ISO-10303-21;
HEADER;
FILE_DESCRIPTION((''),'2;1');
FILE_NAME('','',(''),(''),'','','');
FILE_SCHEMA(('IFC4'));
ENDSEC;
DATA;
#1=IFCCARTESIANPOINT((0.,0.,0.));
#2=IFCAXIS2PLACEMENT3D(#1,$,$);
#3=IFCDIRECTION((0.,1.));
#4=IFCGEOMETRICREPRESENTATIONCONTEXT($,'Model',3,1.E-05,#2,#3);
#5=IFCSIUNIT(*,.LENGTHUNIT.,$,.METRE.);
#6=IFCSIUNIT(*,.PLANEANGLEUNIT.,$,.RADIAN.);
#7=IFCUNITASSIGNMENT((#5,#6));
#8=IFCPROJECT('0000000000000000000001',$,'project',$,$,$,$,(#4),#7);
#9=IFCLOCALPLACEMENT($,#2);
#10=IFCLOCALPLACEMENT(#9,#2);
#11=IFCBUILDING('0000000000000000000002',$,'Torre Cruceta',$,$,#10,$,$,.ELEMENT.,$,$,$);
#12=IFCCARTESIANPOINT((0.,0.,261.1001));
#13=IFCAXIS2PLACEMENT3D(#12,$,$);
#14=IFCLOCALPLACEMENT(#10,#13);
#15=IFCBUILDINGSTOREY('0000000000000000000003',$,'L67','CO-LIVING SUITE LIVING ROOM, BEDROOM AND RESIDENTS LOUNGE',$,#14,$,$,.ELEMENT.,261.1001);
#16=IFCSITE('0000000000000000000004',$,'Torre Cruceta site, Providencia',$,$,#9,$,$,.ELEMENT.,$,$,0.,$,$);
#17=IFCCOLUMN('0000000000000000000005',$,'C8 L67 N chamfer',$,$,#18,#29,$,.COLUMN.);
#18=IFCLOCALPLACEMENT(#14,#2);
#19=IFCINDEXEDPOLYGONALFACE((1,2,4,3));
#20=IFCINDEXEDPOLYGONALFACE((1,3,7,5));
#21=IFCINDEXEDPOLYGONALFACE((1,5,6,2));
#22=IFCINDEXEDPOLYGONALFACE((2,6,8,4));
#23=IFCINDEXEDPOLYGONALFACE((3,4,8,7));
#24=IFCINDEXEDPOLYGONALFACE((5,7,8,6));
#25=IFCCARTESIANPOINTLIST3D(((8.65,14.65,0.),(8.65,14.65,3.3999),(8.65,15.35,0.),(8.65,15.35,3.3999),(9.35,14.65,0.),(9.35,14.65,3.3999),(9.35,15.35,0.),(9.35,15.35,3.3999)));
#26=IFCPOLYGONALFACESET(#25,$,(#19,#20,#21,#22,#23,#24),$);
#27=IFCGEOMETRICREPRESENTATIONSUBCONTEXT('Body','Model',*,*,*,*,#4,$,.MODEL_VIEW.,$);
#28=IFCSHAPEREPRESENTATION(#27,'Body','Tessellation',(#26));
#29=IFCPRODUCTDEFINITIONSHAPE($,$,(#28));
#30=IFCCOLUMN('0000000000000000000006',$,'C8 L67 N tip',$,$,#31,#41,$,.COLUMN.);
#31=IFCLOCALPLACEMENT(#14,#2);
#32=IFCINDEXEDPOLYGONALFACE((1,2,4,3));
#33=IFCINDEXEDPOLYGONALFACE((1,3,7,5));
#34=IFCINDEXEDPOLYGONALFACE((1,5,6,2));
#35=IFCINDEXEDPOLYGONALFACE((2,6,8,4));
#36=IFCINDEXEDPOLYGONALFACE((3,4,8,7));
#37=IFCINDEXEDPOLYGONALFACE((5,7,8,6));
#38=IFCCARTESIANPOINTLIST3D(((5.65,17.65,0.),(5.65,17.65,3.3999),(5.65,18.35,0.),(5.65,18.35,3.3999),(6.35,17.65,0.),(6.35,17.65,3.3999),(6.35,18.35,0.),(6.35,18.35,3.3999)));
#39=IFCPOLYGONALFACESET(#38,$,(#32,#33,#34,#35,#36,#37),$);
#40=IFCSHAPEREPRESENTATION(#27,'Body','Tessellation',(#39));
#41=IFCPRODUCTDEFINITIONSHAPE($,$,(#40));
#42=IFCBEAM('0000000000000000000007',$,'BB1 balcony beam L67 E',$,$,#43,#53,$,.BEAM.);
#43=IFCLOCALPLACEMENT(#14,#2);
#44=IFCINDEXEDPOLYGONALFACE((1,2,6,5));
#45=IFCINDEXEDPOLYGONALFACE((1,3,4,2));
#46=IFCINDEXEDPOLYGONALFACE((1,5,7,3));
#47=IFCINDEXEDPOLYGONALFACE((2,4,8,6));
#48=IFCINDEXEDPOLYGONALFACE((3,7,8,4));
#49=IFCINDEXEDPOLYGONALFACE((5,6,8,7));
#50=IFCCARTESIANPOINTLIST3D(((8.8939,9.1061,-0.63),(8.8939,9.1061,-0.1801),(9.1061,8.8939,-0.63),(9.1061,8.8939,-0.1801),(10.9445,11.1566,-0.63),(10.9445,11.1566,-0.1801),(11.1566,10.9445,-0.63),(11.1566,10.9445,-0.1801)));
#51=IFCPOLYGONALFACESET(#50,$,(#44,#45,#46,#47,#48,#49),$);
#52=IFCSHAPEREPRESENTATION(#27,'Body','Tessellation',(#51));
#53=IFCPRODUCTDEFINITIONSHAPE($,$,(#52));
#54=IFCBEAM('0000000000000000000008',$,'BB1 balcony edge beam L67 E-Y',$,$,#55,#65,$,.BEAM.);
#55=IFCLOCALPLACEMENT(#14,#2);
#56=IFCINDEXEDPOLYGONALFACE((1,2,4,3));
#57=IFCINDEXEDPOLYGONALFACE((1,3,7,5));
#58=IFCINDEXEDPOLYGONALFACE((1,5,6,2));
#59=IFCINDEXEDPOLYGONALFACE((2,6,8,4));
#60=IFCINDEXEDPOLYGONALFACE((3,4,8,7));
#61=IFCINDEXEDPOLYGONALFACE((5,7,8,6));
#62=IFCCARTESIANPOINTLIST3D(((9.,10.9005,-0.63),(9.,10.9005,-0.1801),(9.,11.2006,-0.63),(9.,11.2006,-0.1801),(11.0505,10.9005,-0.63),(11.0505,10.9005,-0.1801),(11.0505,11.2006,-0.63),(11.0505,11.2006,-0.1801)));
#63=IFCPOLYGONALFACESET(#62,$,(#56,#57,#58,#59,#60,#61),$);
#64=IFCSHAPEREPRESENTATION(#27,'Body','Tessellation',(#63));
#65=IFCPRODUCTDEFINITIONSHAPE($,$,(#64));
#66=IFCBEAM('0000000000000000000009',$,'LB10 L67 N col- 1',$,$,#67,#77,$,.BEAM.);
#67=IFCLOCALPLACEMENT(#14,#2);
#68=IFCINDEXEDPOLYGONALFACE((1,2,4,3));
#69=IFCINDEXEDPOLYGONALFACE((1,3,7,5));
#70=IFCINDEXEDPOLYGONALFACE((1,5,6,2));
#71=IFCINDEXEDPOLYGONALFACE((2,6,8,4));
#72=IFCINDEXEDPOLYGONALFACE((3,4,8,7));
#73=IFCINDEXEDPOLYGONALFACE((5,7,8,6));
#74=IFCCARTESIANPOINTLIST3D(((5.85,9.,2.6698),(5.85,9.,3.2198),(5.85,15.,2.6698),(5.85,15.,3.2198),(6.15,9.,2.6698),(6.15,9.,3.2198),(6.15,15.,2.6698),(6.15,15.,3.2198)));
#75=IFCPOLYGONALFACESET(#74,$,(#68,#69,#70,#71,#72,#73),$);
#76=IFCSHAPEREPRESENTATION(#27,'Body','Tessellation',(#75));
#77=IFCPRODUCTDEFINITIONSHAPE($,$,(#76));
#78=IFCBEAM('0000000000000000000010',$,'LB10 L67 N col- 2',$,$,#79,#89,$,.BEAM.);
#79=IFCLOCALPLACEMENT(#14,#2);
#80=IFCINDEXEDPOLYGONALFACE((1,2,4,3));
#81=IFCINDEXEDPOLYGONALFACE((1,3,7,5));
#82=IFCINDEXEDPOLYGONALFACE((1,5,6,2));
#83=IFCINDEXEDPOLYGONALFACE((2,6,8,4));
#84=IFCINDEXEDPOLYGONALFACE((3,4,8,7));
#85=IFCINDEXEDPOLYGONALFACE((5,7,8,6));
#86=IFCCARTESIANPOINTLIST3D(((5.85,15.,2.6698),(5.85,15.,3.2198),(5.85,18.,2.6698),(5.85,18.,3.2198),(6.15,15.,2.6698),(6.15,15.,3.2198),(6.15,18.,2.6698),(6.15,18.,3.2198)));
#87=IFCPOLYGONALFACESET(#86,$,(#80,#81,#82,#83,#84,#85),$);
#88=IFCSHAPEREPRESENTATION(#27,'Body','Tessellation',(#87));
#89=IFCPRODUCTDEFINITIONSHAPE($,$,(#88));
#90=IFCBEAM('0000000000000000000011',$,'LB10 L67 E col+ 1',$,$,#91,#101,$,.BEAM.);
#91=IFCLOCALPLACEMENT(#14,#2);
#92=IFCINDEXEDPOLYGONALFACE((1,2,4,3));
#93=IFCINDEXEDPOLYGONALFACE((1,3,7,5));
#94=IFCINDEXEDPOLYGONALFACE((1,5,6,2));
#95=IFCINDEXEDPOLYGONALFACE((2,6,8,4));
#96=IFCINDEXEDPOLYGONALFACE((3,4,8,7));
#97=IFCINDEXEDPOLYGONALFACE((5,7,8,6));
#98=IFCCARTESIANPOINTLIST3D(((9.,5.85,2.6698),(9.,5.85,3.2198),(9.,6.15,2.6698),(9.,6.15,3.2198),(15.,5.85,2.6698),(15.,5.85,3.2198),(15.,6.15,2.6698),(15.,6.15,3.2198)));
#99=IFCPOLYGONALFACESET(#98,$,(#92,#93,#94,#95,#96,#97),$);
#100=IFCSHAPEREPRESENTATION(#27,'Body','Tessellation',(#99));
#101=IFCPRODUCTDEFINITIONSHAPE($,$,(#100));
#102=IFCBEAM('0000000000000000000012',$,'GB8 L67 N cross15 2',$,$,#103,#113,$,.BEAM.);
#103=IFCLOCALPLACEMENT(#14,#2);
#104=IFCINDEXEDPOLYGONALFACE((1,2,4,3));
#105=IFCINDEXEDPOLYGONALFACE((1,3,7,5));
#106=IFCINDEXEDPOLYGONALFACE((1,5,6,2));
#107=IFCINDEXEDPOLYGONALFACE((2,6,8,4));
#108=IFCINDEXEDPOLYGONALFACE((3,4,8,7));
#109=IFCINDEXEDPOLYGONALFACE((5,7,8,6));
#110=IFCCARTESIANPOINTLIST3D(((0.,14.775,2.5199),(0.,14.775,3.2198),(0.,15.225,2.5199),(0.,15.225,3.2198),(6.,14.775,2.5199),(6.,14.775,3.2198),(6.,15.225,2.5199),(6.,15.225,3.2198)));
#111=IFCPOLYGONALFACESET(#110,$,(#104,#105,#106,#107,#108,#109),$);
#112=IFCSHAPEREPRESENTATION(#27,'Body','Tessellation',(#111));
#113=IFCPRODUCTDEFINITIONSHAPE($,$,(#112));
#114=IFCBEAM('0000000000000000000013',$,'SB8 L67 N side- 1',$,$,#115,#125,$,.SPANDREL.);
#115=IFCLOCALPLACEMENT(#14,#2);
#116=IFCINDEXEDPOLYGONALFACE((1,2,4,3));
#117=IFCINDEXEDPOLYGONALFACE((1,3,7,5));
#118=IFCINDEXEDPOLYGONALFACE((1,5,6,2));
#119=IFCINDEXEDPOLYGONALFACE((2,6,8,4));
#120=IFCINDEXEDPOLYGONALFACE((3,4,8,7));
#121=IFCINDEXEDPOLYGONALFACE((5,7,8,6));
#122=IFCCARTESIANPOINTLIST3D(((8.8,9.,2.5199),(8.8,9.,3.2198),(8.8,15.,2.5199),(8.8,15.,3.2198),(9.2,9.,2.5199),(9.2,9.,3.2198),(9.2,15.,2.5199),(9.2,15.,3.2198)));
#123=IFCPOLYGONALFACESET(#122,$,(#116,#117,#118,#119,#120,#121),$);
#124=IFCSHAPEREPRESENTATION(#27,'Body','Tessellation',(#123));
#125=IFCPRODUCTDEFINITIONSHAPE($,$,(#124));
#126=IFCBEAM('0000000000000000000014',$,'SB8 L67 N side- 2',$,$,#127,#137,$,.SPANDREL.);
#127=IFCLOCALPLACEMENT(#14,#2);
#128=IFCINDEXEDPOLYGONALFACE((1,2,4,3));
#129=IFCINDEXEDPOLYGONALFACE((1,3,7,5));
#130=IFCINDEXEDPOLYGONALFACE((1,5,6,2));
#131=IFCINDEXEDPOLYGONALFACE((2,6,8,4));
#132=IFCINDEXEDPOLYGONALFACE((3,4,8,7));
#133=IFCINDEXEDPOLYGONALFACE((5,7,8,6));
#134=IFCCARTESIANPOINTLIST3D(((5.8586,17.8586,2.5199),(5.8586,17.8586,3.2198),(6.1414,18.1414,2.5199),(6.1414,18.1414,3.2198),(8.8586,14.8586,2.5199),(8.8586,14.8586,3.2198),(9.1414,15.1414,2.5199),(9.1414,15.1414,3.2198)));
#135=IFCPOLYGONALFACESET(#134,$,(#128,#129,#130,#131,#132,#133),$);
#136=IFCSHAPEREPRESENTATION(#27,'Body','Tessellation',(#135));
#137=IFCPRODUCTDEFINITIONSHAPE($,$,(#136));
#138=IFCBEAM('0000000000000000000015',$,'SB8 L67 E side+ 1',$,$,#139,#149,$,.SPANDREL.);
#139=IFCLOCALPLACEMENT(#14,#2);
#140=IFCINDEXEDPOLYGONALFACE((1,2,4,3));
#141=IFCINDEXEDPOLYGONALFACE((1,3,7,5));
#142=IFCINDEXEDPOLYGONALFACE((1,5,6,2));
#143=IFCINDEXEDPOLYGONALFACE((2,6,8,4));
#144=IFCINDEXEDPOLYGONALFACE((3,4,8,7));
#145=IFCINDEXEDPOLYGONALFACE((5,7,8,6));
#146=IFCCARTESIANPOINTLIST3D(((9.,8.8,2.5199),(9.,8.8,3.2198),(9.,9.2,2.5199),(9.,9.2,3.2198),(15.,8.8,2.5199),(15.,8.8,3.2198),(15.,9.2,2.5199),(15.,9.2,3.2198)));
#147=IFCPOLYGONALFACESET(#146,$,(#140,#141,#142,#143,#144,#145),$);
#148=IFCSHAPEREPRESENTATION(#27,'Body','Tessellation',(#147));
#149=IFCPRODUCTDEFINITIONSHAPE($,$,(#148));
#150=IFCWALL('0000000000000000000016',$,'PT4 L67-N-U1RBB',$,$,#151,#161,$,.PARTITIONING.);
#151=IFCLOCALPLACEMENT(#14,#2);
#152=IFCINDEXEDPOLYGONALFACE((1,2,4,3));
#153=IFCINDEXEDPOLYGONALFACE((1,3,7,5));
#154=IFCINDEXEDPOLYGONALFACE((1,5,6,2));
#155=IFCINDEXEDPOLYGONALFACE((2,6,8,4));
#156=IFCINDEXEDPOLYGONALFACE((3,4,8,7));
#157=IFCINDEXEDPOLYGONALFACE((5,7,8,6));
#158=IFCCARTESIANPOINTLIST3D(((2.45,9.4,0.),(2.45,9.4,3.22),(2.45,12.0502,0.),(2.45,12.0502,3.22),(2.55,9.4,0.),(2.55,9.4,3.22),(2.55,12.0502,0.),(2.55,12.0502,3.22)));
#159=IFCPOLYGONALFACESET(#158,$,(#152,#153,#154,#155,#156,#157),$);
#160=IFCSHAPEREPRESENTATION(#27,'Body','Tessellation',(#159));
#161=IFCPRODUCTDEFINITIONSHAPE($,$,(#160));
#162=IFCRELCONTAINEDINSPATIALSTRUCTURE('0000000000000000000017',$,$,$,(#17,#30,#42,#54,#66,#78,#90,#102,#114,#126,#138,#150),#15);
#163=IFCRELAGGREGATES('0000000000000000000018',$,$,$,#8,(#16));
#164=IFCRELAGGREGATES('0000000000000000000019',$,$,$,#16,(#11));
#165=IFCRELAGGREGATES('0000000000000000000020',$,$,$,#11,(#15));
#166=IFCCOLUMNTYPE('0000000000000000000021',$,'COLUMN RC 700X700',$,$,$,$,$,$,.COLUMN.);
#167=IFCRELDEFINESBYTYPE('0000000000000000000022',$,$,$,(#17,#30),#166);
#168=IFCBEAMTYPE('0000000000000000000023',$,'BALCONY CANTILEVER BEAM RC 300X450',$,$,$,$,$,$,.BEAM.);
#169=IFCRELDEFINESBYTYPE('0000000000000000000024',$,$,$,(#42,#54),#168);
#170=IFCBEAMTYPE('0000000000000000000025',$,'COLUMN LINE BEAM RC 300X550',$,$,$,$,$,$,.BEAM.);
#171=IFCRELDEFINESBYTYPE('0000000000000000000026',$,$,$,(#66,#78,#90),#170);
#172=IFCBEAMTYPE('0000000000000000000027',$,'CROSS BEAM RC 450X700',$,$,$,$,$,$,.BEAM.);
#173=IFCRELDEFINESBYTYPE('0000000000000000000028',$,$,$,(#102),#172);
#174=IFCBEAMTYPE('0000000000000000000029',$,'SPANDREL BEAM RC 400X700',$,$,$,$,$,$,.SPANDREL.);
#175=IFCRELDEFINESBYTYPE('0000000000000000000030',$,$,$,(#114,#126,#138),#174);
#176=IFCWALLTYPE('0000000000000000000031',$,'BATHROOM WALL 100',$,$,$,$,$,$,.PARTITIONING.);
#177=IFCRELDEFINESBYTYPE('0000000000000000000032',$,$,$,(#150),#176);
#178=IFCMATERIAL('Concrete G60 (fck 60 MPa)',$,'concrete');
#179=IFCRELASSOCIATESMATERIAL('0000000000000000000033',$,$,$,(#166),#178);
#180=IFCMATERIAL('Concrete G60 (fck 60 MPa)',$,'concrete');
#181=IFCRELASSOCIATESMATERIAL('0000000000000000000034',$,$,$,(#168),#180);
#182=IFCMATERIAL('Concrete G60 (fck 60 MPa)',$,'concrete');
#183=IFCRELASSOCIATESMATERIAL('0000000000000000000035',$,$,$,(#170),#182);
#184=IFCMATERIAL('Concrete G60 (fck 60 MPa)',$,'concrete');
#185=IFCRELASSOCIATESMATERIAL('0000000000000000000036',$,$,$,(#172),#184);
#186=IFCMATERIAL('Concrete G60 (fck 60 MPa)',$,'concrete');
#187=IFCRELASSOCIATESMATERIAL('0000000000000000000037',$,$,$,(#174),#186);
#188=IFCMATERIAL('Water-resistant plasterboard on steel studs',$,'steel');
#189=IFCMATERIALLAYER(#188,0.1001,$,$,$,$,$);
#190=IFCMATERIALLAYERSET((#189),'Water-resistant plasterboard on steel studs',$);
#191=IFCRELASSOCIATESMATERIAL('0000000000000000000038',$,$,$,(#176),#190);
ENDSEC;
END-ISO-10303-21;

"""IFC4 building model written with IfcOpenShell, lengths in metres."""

from ifc_helpers import new_model, si_unit, direction, frame, frame_2d, origin, origin_2d, place, context, subcontext, project, spatial, rectangle, extrude, material, layer, layer_set, material_profile, profile_set, type_object, element, save


model = new_model("IFC4")

# Units and contexts
model_context = context("Model", 3, precision=1e-05, world=origin(), true_north=direction((0.0, 1.0)))
body_context = subcontext(model_context, "Body", "Model", "MODEL_VIEW")
ifc_project = project(units=[si_unit("LENGTHUNIT", "METRE"), si_unit("PLANEANGLEUNIT", "RADIAN")], contexts=[model_context])

# Site, building, storey
site_placement = place(None, origin())
site = spatial("IfcSite", under=ifc_project, at=site_placement, Name="Torre Cruceta site, Providencia", CompositionType="ELEMENT", RefElevation=0.0)
building_placement = place(site_placement, origin())
building = spatial("IfcBuilding", under=site, at=building_placement, Name="Torre Cruceta", CompositionType="ELEMENT")
storey_placement = place(building_placement, frame((0.0, 0.0, 261.1001)))
storey = spatial("IfcBuildingStorey", under=building, at=storey_placement, Name="L67", Description="CO-LIVING SUITE LIVING ROOM, BEDROOM AND RESIDENTS LOUNGE", CompositionType="ELEMENT", Elevation=261.1001)

# Columns
ifc_material_1 = material(Name="Concrete G60 (fck 60 MPa)", Category="concrete")
ifc_material_profile_1 = material_profile(ifc_material_1, rectangle(XDim=0.7, YDim=0.7, at=origin_2d()), Name="RC 700X700")
ifc_profile_set_1 = profile_set([ifc_material_profile_1], Name="Concrete G60 (fck 60 MPa)")
column_type = type_object("IfcColumnType", Name="COLUMN RC 700X700", PredefinedType="COLUMN", material=ifc_profile_set_1)
for number, where, z_axis, x_axis, name in (
    (1, (9.0, 15.0, 0.0), (0.0, 0.0, 1.0), (1.0, 0.0, 0.0), "C8 L67 N chamfer"),
    (2, (6.0, 18.0, 0.0), (0.0, 0.0, 1.0), (1.0, 0.0, 0.0), "C8 L67 N tip"),
):
    element("IfcColumn", number, at=place(storey_placement, frame(where, z_axis=z_axis, x_axis=x_axis)), inside=storey, type_object=column_type, Name=name, PredefinedType="COLUMN", context=body_context, shape_type="SweptSolid", body=[
        extrude(rectangle(XDim=0.7, YDim=0.7, at=origin_2d()), origin(), (0.0, 0.0, 1.0), 3.3999),
    ])

# Beams
ifc_material_2 = material(Name="Concrete G60 (fck 60 MPa)", Category="concrete")
ifc_material_profile_2 = material_profile(ifc_material_2, rectangle(XDim=0.3, YDim=0.45, at=origin_2d()), Name="RC 300X450")
ifc_profile_set_2 = profile_set([ifc_material_profile_2], Name="Concrete G60 (fck 60 MPa)")
beam_type_1 = type_object("IfcBeamType", Name="BALCONY CANTILEVER BEAM RC 300X450", PredefinedType="BEAM", material=ifc_profile_set_2)
beam_1_placement = place(storey_placement, frame((9.0, 9.0, -0.405), z_axis=(0.707107, 0.707107, 0.0), x_axis=(-0.707107, 0.707107, 0.0)))
element("IfcBeam", 3, at=beam_1_placement, inside=storey, type_object=beam_type_1, Name="BB1 balcony beam L67 E", PredefinedType="BEAM", context=body_context, shape_type="SweptSolid", body=[
    extrude(rectangle(XDim=0.3, YDim=0.45, at=origin_2d()), origin(), (0.0, 0.0, 1.0), 2.8999),
])
beam_2_placement = place(storey_placement, frame((9.0, 11.0505, -0.405), z_axis=(1.0, 0.0, 0.0), x_axis=(0.0, 1.0, 0.0)))
element("IfcBeam", 4, at=beam_2_placement, inside=storey, type_object=beam_type_1, Name="BB1 balcony edge beam L67 E-Y", PredefinedType="BEAM", context=body_context, shape_type="SweptSolid", body=[
    extrude(rectangle(XDim=0.3, YDim=0.45, at=origin_2d()), origin(), (0.0, 0.0, 1.0), 2.0505),
])
ifc_material_3 = material(Name="Concrete G60 (fck 60 MPa)", Category="concrete")
ifc_material_profile_3 = material_profile(ifc_material_3, rectangle(XDim=0.3, YDim=0.55, at=origin_2d()), Name="RC 300X550")
ifc_profile_set_3 = profile_set([ifc_material_profile_3], Name="Concrete G60 (fck 60 MPa)")
beam_type_2 = type_object("IfcBeamType", Name="COLUMN LINE BEAM RC 300X550", PredefinedType="BEAM", material=ifc_profile_set_3)
beam_3_placement = place(storey_placement, frame((6.0, 9.0, 2.9448), z_axis=(0.0, 1.0, 0.0), x_axis=(-1.0, 0.0, 0.0)))
element("IfcBeam", 5, at=beam_3_placement, inside=storey, type_object=beam_type_2, Name="LB10 L67 N col- 1", PredefinedType="BEAM", context=body_context, shape_type="SweptSolid", body=[
    extrude(rectangle(XDim=0.3, YDim=0.55, at=origin_2d()), origin(), (0.0, 0.0, 1.0), 6.0),
])
beam_4_placement = place(storey_placement, frame((6.0, 15.0, 2.9448), z_axis=(0.0, 1.0, 0.0), x_axis=(-1.0, 0.0, 0.0)))
element("IfcBeam", 6, at=beam_4_placement, inside=storey, type_object=beam_type_2, Name="LB10 L67 N col- 2", PredefinedType="BEAM", context=body_context, shape_type="SweptSolid", body=[
    extrude(rectangle(XDim=0.3, YDim=0.55, at=origin_2d()), origin(), (0.0, 0.0, 1.0), 3.0),
])
beam_5_placement = place(storey_placement, frame((9.0, 6.0, 2.9448), z_axis=(1.0, 0.0, 0.0), x_axis=(0.0, 1.0, 0.0)))
element("IfcBeam", 7, at=beam_5_placement, inside=storey, type_object=beam_type_2, Name="LB10 L67 E col+ 1", PredefinedType="BEAM", context=body_context, shape_type="SweptSolid", body=[
    extrude(rectangle(XDim=0.3, YDim=0.55, at=origin_2d()), origin(), (0.0, 0.0, 1.0), 6.0),
])
ifc_material_4 = material(Name="Concrete G60 (fck 60 MPa)", Category="concrete")
ifc_material_profile_4 = material_profile(ifc_material_4, rectangle(XDim=0.45, YDim=0.7, at=origin_2d()), Name="RC 450X700")
ifc_profile_set_4 = profile_set([ifc_material_profile_4], Name="Concrete G60 (fck 60 MPa)")
beam_type_3 = type_object("IfcBeamType", Name="CROSS BEAM RC 450X700", PredefinedType="BEAM", material=ifc_profile_set_4)
beam_6_placement = place(storey_placement, frame((6.0, 15.0, 2.8699), z_axis=(-1.0, 0.0, 0.0), x_axis=(0.0, -1.0, 0.0)))
element("IfcBeam", 8, at=beam_6_placement, inside=storey, type_object=beam_type_3, Name="GB8 L67 N cross15 2", PredefinedType="BEAM", context=body_context, shape_type="SweptSolid", body=[
    extrude(rectangle(XDim=0.45, YDim=0.7, at=origin_2d()), origin(), (0.0, 0.0, 1.0), 6.0),
])
ifc_material_5 = material(Name="Concrete G60 (fck 60 MPa)", Category="concrete")
ifc_material_profile_5 = material_profile(ifc_material_5, rectangle(XDim=0.3999, YDim=0.7, at=origin_2d()), Name="RC 400X700")
ifc_profile_set_5 = profile_set([ifc_material_profile_5], Name="Concrete G60 (fck 60 MPa)")
beam_type_4 = type_object("IfcBeamType", Name="SPANDREL BEAM RC 400X700", PredefinedType="SPANDREL", material=ifc_profile_set_5)
beam_7_placement = place(storey_placement, frame((9.0, 9.0, 2.8699), z_axis=(0.0, 1.0, 0.0), x_axis=(-1.0, 0.0, 0.0)))
element("IfcBeam", 9, at=beam_7_placement, inside=storey, type_object=beam_type_4, Name="SB8 L67 N side- 1", PredefinedType="SPANDREL", context=body_context, shape_type="SweptSolid", body=[
    extrude(rectangle(XDim=0.3999, YDim=0.7, at=origin_2d()), origin(), (0.0, 0.0, 1.0), 6.0),
])
beam_8_placement = place(storey_placement, frame((9.0, 15.0, 2.8699), z_axis=(-0.707107, 0.707107, 0.0), x_axis=(-0.707107, -0.707107, 0.0)))
element("IfcBeam", 10, at=beam_8_placement, inside=storey, type_object=beam_type_4, Name="SB8 L67 N side- 2", PredefinedType="SPANDREL", context=body_context, shape_type="SweptSolid", body=[
    extrude(rectangle(XDim=0.3999, YDim=0.7, at=origin_2d()), origin(), (0.0, 0.0, 1.0), 4.2427),
])
beam_9_placement = place(storey_placement, frame((9.0, 9.0, 2.8699), z_axis=(1.0, 0.0, 0.0), x_axis=(0.0, 1.0, 0.0)))
element("IfcBeam", 11, at=beam_9_placement, inside=storey, type_object=beam_type_4, Name="SB8 L67 E side+ 1", PredefinedType="SPANDREL", context=body_context, shape_type="SweptSolid", body=[
    extrude(rectangle(XDim=0.3999, YDim=0.7, at=origin_2d()), origin(), (0.0, 0.0, 1.0), 6.0),
])

# Wall
ifc_material_6 = material(Name="Water-resistant plasterboard on steel studs", Category="steel")
ifc_layer_1 = layer(ifc_material_6, 0.1001)
ifc_layer_set_1 = layer_set([ifc_layer_1], Name="Water-resistant plasterboard on steel studs")
wall_type_1 = type_object("IfcWallType", Name="BATHROOM WALL 100", PredefinedType="PARTITIONING", material=ifc_layer_set_1)
wall_1_placement = place(storey_placement, frame((2.5, 9.3999, 0.0), z_axis=(0.0, 0.0, 1.0), x_axis=(0.0, 1.0, 0.0)))
element("IfcWall", 12, at=wall_1_placement, inside=storey, type_object=wall_type_1, Name="PT4 L67-N-U1RBB", PredefinedType="PARTITIONING", context=body_context, shape_type="SweptSolid", body=[
    extrude(rectangle(XDim=2.6501, YDim=0.1001, at=frame_2d((1.3252, 0.0))), origin(), (0.0, 0.0, 1.0), 3.22),
])

save(model, "model.ifc")
